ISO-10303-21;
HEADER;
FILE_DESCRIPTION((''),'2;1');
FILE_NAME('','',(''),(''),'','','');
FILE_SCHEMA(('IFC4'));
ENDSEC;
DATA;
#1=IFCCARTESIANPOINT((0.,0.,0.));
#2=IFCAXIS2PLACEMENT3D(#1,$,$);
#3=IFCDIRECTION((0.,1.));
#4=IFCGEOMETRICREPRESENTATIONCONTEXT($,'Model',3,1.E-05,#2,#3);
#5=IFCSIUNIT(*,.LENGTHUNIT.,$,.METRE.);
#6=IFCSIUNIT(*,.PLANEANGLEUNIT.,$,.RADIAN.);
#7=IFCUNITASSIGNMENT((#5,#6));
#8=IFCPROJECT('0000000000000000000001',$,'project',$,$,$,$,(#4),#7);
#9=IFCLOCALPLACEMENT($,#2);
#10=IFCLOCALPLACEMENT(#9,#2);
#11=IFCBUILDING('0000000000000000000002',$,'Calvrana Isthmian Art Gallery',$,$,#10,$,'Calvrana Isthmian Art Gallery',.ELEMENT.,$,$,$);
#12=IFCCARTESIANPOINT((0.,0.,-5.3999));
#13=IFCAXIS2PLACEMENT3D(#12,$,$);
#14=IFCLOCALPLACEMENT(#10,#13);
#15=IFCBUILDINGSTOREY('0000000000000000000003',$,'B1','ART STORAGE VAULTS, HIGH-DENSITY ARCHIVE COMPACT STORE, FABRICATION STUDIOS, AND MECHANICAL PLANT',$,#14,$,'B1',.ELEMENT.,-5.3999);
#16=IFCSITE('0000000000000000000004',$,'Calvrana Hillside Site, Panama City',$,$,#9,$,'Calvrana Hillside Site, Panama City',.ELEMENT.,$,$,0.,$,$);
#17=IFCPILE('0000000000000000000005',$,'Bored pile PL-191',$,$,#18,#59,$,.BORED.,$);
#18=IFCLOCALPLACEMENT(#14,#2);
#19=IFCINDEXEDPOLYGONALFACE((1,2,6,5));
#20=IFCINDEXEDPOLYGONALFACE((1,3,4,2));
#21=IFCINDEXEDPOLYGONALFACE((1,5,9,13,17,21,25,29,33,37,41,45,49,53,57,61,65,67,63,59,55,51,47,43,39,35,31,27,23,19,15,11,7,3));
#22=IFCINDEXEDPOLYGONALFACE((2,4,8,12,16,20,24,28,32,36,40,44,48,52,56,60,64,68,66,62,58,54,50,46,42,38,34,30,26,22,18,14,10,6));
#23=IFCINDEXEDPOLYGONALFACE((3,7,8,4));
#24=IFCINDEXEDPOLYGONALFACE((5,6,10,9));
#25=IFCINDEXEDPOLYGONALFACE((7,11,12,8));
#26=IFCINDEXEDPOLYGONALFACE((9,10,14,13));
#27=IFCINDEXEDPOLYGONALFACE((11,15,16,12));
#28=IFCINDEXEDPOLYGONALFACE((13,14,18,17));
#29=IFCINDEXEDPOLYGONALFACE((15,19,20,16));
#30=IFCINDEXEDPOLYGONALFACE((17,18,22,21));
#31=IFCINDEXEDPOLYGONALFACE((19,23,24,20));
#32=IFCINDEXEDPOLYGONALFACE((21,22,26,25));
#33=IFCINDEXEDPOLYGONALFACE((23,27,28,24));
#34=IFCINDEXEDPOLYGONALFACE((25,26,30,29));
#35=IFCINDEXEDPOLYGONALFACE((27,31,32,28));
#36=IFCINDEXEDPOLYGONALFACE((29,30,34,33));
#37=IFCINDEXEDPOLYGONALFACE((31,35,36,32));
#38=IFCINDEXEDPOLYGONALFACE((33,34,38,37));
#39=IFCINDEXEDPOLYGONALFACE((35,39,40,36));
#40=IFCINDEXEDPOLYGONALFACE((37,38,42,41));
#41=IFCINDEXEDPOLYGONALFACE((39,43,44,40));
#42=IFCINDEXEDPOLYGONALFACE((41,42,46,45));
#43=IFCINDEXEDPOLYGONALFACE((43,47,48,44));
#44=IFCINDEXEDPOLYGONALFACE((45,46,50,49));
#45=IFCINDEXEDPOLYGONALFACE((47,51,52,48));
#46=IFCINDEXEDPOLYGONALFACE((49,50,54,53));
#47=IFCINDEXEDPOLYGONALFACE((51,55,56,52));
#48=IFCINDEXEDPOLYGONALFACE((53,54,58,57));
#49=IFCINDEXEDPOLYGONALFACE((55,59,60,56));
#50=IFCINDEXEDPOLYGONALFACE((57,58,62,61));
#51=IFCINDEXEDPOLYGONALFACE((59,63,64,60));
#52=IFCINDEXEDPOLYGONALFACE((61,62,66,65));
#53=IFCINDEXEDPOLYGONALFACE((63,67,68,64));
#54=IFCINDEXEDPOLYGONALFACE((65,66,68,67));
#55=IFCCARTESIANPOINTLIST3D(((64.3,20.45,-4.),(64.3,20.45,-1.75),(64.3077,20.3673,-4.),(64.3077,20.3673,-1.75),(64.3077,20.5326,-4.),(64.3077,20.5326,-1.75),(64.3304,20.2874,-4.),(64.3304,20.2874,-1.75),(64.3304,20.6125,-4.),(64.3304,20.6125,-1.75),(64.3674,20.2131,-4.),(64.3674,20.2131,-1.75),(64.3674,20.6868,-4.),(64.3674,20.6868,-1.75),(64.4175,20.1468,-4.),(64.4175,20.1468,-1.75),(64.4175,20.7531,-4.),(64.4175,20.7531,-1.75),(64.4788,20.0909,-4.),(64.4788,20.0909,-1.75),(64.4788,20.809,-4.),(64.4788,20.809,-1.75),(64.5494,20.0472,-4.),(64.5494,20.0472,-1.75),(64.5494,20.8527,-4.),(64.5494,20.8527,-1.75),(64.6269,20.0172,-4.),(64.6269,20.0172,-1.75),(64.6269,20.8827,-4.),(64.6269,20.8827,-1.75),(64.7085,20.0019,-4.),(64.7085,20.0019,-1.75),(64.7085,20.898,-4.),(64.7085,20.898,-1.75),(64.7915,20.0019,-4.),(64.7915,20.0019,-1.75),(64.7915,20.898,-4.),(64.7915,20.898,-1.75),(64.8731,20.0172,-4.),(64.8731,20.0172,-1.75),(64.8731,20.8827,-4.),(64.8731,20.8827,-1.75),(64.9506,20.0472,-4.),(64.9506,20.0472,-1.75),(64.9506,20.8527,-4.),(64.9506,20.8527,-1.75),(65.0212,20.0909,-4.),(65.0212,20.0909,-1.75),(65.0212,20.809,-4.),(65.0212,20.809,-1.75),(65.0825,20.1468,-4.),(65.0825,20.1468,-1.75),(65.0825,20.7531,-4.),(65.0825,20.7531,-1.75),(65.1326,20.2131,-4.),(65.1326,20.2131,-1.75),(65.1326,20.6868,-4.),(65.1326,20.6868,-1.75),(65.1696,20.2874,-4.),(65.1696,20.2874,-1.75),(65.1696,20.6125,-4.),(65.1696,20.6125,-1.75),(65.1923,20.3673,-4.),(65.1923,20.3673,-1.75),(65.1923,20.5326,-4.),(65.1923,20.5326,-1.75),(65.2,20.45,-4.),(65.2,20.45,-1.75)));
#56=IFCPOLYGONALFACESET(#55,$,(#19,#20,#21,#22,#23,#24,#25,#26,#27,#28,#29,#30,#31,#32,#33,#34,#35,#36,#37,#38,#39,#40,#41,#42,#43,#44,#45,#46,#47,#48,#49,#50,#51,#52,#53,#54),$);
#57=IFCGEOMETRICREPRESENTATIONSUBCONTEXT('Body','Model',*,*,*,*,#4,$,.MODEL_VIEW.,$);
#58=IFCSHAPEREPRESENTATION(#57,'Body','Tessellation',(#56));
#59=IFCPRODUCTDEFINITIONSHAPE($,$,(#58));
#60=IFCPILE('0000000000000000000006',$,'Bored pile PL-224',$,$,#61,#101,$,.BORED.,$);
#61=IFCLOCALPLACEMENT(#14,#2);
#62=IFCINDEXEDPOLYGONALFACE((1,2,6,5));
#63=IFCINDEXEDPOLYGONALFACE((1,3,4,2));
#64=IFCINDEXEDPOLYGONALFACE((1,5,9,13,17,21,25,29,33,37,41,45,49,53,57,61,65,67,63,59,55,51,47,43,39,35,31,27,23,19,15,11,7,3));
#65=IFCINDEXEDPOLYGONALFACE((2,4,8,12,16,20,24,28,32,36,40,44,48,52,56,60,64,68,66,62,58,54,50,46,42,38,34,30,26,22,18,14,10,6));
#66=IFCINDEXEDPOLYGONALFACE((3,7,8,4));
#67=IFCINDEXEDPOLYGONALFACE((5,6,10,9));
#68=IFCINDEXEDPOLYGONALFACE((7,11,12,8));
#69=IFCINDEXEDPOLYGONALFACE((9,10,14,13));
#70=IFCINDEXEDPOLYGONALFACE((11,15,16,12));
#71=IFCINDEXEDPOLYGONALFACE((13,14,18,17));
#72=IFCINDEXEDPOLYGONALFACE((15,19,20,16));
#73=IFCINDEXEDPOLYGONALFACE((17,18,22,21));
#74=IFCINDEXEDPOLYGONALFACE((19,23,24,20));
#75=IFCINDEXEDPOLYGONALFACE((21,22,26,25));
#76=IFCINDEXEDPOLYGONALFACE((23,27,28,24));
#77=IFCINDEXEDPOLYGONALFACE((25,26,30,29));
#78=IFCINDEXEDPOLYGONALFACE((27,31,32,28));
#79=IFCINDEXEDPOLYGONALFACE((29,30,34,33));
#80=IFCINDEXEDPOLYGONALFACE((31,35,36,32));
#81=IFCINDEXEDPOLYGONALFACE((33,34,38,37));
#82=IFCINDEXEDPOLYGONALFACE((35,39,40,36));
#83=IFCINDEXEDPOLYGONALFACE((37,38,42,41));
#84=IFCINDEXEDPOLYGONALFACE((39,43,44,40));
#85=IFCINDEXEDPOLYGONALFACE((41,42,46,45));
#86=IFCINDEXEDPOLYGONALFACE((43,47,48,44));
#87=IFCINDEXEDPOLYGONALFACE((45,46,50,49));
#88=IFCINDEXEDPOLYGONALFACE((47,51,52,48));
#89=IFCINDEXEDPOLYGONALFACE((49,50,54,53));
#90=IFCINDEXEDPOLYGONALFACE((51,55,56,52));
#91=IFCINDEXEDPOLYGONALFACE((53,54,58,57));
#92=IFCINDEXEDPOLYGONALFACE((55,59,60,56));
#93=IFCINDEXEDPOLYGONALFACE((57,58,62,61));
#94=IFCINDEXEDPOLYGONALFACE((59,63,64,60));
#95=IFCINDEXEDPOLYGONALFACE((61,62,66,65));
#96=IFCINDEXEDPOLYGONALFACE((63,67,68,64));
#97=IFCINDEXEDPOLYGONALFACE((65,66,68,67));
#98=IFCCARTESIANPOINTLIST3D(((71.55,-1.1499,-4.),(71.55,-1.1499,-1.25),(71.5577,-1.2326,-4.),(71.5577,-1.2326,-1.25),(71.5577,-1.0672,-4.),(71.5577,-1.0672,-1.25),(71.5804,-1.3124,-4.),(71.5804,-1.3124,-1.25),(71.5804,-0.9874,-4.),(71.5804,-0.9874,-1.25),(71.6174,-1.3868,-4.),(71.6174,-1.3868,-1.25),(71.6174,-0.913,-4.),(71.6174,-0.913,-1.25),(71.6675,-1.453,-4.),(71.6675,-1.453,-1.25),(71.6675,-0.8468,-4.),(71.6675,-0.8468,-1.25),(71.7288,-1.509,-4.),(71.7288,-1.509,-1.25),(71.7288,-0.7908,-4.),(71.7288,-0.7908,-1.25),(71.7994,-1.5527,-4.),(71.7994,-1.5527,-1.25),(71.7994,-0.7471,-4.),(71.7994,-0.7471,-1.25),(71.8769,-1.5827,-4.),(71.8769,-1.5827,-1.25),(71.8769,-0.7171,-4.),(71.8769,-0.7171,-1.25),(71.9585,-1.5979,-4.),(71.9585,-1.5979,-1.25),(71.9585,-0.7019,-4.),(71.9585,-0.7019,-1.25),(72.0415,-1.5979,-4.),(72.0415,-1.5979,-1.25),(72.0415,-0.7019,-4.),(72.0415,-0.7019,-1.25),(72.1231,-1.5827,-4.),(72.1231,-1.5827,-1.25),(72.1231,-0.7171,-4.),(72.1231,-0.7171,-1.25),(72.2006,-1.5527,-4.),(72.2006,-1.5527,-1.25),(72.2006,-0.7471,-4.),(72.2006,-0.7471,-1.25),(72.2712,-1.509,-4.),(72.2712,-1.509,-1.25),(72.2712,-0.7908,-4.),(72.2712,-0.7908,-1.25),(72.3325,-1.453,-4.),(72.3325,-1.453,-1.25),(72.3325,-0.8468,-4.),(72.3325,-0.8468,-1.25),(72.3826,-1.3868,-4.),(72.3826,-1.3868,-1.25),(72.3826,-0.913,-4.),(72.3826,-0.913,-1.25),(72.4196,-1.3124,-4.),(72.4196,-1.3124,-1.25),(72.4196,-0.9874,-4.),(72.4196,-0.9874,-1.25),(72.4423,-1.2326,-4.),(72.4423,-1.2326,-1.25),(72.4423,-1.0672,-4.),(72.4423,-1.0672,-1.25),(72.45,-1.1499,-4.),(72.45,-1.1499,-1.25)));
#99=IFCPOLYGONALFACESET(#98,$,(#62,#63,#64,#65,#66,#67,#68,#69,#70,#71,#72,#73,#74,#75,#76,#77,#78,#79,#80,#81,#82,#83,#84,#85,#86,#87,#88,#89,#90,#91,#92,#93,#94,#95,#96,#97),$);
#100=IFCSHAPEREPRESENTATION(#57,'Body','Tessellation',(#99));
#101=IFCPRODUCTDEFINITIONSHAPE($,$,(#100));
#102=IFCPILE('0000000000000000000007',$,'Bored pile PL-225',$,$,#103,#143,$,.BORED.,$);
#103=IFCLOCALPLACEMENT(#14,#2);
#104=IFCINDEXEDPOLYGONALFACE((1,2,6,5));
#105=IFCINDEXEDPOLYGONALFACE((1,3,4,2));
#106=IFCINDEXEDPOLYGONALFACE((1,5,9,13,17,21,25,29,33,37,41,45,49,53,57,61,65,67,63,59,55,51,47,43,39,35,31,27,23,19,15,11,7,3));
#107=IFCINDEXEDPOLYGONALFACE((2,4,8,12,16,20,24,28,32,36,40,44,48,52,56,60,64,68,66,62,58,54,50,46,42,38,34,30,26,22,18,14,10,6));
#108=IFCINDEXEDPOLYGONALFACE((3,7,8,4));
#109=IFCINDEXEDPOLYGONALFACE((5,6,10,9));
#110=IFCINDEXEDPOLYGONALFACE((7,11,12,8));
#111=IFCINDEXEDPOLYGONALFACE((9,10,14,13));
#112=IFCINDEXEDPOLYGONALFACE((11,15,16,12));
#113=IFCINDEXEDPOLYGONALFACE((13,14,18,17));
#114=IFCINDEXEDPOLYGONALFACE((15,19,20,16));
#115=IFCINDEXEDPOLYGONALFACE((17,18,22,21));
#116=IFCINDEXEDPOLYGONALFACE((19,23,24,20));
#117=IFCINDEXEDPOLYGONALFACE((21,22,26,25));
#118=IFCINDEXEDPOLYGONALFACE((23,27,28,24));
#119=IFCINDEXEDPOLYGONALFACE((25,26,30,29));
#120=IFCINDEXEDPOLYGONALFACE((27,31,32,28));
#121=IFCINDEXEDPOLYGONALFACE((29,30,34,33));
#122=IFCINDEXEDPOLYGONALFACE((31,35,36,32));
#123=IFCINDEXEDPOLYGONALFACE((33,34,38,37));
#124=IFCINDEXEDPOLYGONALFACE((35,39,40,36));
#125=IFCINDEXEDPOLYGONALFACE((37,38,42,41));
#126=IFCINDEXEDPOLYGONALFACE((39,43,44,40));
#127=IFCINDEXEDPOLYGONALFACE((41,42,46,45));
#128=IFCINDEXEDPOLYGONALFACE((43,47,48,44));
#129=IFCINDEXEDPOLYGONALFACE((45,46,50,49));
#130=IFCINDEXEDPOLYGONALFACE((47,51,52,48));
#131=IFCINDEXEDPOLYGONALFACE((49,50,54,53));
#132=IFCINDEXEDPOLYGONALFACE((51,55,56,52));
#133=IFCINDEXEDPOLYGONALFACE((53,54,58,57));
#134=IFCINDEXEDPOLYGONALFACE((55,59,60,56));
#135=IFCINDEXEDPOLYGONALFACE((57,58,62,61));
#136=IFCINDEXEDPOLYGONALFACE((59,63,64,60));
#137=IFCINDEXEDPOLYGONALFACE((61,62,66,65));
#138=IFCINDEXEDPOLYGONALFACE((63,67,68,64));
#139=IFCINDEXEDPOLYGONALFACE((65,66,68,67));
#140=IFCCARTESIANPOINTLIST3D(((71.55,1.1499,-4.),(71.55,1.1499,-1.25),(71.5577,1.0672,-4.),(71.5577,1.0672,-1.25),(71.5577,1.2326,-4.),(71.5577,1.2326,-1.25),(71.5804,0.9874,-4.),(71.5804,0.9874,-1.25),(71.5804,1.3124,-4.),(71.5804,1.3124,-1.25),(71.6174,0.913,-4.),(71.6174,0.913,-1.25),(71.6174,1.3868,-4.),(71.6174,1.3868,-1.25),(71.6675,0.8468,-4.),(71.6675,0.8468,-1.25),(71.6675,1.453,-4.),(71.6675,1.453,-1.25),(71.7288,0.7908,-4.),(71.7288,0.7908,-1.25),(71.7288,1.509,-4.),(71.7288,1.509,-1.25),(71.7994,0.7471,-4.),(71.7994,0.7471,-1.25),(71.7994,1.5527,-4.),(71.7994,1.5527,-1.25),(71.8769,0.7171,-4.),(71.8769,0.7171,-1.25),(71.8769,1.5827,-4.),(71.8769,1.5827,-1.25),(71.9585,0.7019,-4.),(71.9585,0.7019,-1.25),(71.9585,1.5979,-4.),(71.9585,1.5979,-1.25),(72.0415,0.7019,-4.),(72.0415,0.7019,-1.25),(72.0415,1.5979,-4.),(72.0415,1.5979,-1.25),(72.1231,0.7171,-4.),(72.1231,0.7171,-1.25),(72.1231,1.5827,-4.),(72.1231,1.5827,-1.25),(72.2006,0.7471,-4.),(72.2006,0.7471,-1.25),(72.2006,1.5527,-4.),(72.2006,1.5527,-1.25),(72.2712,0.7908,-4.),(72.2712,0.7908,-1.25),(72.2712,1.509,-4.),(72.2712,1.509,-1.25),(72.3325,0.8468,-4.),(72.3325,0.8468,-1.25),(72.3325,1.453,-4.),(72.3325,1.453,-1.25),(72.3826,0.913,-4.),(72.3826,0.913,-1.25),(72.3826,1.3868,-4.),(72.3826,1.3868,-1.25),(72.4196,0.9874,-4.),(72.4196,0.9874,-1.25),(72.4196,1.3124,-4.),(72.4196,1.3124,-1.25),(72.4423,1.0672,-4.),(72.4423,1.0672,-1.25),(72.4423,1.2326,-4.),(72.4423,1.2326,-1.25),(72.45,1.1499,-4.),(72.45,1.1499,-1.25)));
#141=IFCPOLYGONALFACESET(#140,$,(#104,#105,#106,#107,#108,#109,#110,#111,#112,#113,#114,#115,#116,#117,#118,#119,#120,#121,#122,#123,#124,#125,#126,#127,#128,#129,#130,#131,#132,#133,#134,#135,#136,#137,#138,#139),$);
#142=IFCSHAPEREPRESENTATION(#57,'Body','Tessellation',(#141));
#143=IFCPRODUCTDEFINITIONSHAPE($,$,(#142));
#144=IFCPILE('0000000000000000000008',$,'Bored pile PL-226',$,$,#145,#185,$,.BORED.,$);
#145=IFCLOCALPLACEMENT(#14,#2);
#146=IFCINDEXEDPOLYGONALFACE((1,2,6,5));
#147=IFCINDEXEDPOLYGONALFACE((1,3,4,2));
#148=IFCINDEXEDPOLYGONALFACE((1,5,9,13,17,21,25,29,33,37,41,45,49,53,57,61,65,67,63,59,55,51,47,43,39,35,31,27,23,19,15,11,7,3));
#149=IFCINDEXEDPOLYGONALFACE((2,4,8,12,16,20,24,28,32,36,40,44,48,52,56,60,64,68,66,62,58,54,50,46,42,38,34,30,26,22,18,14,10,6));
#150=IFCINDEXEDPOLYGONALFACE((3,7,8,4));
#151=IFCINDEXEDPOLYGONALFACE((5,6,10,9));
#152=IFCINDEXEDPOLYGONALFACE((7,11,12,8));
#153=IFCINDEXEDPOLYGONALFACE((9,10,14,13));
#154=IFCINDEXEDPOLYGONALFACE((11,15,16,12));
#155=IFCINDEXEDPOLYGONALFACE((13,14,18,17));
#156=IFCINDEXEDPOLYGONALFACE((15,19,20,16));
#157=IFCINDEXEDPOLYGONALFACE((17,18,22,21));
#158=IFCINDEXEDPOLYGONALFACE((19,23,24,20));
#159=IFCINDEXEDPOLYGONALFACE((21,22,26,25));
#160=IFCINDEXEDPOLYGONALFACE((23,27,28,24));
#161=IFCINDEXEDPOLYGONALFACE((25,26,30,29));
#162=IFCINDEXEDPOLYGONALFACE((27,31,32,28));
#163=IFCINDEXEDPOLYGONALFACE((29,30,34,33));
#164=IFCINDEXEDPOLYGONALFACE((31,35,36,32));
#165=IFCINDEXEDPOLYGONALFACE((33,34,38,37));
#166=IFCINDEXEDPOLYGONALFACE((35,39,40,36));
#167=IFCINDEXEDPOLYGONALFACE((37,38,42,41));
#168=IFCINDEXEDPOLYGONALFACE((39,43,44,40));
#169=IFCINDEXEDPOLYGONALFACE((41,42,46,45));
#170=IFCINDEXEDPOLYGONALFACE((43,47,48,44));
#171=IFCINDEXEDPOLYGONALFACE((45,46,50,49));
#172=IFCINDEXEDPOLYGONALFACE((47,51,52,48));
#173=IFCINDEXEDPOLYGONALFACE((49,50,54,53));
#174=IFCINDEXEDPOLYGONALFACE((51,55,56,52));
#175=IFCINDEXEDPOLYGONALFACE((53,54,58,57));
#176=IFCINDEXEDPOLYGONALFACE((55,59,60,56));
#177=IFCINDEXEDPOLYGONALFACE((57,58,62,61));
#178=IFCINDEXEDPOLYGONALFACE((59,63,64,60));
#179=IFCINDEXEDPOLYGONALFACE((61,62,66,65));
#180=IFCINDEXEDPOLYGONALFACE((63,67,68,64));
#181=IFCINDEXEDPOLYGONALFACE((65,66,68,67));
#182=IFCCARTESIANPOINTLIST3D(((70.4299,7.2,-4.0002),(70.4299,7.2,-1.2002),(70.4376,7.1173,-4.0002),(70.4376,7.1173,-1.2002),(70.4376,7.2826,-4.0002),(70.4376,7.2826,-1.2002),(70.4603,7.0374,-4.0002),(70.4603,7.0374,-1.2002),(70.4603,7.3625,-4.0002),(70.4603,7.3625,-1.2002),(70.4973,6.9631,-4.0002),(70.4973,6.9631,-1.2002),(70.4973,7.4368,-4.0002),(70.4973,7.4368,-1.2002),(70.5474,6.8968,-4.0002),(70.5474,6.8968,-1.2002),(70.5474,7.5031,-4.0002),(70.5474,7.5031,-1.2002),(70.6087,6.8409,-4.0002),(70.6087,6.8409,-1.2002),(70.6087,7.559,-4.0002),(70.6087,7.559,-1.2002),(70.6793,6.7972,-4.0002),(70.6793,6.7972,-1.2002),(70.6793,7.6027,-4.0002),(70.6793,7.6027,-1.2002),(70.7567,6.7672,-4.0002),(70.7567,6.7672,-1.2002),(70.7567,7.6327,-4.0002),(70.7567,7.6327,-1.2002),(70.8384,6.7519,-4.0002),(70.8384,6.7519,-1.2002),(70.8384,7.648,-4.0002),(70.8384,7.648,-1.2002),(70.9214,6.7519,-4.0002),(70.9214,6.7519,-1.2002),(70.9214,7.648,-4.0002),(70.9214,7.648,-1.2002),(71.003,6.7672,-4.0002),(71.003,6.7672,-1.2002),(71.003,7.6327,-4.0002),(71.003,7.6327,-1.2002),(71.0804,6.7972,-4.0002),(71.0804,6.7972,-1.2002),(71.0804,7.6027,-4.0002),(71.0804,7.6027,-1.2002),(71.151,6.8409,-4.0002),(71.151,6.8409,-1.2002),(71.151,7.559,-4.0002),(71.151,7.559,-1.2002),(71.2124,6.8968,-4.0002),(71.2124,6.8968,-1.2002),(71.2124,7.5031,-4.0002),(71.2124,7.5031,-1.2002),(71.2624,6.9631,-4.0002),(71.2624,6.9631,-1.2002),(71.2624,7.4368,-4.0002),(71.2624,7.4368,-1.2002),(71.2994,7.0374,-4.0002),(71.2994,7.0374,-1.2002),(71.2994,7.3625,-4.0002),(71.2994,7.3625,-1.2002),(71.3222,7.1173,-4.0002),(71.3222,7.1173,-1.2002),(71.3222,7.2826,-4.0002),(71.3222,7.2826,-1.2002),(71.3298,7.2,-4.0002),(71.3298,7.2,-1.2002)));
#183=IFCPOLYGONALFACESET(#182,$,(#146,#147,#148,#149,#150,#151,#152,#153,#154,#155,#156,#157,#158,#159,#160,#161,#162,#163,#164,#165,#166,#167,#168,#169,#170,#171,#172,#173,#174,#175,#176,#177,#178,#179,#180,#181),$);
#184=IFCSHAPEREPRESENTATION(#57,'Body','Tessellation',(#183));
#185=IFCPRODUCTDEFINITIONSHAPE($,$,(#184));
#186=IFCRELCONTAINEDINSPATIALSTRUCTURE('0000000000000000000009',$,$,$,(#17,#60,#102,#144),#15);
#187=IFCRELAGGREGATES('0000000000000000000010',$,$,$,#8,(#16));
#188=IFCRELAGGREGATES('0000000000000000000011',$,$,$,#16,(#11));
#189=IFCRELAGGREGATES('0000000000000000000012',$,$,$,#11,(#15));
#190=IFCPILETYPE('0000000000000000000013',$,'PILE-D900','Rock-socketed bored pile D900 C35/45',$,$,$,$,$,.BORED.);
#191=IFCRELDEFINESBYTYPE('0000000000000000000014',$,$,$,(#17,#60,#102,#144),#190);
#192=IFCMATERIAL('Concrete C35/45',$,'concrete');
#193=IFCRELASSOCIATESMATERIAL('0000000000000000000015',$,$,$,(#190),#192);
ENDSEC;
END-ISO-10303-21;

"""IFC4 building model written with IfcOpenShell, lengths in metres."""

from ifc_helpers import new_model, si_unit, direction, frame, origin, origin_2d, place, context, subcontext, project, spatial, circle, extrude, material, material_profile, profile_set, type_object, element, save


model = new_model("IFC4")

# Units and contexts
model_context = context("Model", 3, precision=1e-05, world=origin(), true_north=direction((0.0, 1.0)))
body_context = subcontext(model_context, "Body", "Model", "MODEL_VIEW")
ifc_project = project(units=[si_unit("LENGTHUNIT", "METRE"), si_unit("PLANEANGLEUNIT", "RADIAN")], contexts=[model_context])

# Site, building, storey
site_placement = place(None, origin())
site = spatial("IfcSite", under=ifc_project, at=site_placement, Name="Calvrana Hillside Site, Panama City", LongName="Calvrana Hillside Site, Panama City", CompositionType="ELEMENT", RefElevation=0.0)
building_placement = place(site_placement, origin())
building = spatial("IfcBuilding", under=site, at=building_placement, Name="Calvrana Isthmian Art Gallery", LongName="Calvrana Isthmian Art Gallery", CompositionType="ELEMENT")
storey_placement = place(building_placement, frame((0.0, 0.0, -5.3999)))
storey = spatial("IfcBuildingStorey", under=building, at=storey_placement, Name="B1", Description="ART STORAGE VAULTS, HIGH-DENSITY ARCHIVE COMPACT STORE, FABRICATION STUDIOS, AND MECHANICAL PLANT", LongName="B1", CompositionType="ELEMENT", Elevation=-5.3999)

# Shared definitions
ifc_material_1 = material(Name="Concrete C35/45", Category="concrete")

# Piles
ifc_material_profile_1 = material_profile(ifc_material_1, circle(Radius=0.45, at=origin_2d()), Name="PILE900D")
ifc_profile_set_1 = profile_set([ifc_material_profile_1], Name="Concrete C35/45")
pile_type_1 = type_object("IfcPileType", Name="PILE-D900", Description="Rock-socketed bored pile D900 C35/45", PredefinedType="BORED", material=ifc_profile_set_1)
pile_1_placement = place(storey_placement, frame((64.75, 20.45, -1.75), z_axis=(0.0, 0.0, -1.0), x_axis=(1.0, 0.0, 0.0)))
element("IfcPile", 1, at=pile_1_placement, inside=storey, type_object=pile_type_1, Name="Bored pile PL-191", PredefinedType="BORED", context=body_context, shape_type="SweptSolid", body=[
    extrude(circle(Radius=0.45, at=origin_2d()), origin(), (0.0, 0.0, 1.0), 2.25),
])
for number, where, z_axis, x_axis, name in (
    (2, (72.0, -1.1499, -1.25), (0.0, 0.0, -1.0), (1.0, 0.0, 0.0), "Bored pile PL-224"),
    (3, (72.0, 1.1499, -1.25), (0.0, 0.0, -1.0), (1.0, 0.0, 0.0), "Bored pile PL-225"),
):
    element("IfcPile", number, at=place(storey_placement, frame(where, z_axis=z_axis, x_axis=x_axis)), inside=storey, type_object=pile_type_1, Name=name, PredefinedType="BORED", context=body_context, shape_type="SweptSolid", body=[
        extrude(circle(Radius=0.45, at=origin_2d()), origin(), (0.0, 0.0, 1.0), 2.75),
    ])
for number, where, z_axis, x_axis, name in (
    (4, (70.8799, 7.2, -1.2002), (0.0, 0.0, -1.0), (1.0, 0.0, 0.0), "Bored pile PL-226"),
):
    element("IfcPile", number, at=place(storey_placement, frame(where, z_axis=z_axis, x_axis=x_axis)), inside=storey, type_object=pile_type_1, Name=name, PredefinedType="BORED", context=body_context, shape_type="SweptSolid", body=[
        extrude(circle(Radius=0.45, at=origin_2d()), origin(), (0.0, 0.0, 1.0), 2.8),
    ])

save(model, "model.ifc")
